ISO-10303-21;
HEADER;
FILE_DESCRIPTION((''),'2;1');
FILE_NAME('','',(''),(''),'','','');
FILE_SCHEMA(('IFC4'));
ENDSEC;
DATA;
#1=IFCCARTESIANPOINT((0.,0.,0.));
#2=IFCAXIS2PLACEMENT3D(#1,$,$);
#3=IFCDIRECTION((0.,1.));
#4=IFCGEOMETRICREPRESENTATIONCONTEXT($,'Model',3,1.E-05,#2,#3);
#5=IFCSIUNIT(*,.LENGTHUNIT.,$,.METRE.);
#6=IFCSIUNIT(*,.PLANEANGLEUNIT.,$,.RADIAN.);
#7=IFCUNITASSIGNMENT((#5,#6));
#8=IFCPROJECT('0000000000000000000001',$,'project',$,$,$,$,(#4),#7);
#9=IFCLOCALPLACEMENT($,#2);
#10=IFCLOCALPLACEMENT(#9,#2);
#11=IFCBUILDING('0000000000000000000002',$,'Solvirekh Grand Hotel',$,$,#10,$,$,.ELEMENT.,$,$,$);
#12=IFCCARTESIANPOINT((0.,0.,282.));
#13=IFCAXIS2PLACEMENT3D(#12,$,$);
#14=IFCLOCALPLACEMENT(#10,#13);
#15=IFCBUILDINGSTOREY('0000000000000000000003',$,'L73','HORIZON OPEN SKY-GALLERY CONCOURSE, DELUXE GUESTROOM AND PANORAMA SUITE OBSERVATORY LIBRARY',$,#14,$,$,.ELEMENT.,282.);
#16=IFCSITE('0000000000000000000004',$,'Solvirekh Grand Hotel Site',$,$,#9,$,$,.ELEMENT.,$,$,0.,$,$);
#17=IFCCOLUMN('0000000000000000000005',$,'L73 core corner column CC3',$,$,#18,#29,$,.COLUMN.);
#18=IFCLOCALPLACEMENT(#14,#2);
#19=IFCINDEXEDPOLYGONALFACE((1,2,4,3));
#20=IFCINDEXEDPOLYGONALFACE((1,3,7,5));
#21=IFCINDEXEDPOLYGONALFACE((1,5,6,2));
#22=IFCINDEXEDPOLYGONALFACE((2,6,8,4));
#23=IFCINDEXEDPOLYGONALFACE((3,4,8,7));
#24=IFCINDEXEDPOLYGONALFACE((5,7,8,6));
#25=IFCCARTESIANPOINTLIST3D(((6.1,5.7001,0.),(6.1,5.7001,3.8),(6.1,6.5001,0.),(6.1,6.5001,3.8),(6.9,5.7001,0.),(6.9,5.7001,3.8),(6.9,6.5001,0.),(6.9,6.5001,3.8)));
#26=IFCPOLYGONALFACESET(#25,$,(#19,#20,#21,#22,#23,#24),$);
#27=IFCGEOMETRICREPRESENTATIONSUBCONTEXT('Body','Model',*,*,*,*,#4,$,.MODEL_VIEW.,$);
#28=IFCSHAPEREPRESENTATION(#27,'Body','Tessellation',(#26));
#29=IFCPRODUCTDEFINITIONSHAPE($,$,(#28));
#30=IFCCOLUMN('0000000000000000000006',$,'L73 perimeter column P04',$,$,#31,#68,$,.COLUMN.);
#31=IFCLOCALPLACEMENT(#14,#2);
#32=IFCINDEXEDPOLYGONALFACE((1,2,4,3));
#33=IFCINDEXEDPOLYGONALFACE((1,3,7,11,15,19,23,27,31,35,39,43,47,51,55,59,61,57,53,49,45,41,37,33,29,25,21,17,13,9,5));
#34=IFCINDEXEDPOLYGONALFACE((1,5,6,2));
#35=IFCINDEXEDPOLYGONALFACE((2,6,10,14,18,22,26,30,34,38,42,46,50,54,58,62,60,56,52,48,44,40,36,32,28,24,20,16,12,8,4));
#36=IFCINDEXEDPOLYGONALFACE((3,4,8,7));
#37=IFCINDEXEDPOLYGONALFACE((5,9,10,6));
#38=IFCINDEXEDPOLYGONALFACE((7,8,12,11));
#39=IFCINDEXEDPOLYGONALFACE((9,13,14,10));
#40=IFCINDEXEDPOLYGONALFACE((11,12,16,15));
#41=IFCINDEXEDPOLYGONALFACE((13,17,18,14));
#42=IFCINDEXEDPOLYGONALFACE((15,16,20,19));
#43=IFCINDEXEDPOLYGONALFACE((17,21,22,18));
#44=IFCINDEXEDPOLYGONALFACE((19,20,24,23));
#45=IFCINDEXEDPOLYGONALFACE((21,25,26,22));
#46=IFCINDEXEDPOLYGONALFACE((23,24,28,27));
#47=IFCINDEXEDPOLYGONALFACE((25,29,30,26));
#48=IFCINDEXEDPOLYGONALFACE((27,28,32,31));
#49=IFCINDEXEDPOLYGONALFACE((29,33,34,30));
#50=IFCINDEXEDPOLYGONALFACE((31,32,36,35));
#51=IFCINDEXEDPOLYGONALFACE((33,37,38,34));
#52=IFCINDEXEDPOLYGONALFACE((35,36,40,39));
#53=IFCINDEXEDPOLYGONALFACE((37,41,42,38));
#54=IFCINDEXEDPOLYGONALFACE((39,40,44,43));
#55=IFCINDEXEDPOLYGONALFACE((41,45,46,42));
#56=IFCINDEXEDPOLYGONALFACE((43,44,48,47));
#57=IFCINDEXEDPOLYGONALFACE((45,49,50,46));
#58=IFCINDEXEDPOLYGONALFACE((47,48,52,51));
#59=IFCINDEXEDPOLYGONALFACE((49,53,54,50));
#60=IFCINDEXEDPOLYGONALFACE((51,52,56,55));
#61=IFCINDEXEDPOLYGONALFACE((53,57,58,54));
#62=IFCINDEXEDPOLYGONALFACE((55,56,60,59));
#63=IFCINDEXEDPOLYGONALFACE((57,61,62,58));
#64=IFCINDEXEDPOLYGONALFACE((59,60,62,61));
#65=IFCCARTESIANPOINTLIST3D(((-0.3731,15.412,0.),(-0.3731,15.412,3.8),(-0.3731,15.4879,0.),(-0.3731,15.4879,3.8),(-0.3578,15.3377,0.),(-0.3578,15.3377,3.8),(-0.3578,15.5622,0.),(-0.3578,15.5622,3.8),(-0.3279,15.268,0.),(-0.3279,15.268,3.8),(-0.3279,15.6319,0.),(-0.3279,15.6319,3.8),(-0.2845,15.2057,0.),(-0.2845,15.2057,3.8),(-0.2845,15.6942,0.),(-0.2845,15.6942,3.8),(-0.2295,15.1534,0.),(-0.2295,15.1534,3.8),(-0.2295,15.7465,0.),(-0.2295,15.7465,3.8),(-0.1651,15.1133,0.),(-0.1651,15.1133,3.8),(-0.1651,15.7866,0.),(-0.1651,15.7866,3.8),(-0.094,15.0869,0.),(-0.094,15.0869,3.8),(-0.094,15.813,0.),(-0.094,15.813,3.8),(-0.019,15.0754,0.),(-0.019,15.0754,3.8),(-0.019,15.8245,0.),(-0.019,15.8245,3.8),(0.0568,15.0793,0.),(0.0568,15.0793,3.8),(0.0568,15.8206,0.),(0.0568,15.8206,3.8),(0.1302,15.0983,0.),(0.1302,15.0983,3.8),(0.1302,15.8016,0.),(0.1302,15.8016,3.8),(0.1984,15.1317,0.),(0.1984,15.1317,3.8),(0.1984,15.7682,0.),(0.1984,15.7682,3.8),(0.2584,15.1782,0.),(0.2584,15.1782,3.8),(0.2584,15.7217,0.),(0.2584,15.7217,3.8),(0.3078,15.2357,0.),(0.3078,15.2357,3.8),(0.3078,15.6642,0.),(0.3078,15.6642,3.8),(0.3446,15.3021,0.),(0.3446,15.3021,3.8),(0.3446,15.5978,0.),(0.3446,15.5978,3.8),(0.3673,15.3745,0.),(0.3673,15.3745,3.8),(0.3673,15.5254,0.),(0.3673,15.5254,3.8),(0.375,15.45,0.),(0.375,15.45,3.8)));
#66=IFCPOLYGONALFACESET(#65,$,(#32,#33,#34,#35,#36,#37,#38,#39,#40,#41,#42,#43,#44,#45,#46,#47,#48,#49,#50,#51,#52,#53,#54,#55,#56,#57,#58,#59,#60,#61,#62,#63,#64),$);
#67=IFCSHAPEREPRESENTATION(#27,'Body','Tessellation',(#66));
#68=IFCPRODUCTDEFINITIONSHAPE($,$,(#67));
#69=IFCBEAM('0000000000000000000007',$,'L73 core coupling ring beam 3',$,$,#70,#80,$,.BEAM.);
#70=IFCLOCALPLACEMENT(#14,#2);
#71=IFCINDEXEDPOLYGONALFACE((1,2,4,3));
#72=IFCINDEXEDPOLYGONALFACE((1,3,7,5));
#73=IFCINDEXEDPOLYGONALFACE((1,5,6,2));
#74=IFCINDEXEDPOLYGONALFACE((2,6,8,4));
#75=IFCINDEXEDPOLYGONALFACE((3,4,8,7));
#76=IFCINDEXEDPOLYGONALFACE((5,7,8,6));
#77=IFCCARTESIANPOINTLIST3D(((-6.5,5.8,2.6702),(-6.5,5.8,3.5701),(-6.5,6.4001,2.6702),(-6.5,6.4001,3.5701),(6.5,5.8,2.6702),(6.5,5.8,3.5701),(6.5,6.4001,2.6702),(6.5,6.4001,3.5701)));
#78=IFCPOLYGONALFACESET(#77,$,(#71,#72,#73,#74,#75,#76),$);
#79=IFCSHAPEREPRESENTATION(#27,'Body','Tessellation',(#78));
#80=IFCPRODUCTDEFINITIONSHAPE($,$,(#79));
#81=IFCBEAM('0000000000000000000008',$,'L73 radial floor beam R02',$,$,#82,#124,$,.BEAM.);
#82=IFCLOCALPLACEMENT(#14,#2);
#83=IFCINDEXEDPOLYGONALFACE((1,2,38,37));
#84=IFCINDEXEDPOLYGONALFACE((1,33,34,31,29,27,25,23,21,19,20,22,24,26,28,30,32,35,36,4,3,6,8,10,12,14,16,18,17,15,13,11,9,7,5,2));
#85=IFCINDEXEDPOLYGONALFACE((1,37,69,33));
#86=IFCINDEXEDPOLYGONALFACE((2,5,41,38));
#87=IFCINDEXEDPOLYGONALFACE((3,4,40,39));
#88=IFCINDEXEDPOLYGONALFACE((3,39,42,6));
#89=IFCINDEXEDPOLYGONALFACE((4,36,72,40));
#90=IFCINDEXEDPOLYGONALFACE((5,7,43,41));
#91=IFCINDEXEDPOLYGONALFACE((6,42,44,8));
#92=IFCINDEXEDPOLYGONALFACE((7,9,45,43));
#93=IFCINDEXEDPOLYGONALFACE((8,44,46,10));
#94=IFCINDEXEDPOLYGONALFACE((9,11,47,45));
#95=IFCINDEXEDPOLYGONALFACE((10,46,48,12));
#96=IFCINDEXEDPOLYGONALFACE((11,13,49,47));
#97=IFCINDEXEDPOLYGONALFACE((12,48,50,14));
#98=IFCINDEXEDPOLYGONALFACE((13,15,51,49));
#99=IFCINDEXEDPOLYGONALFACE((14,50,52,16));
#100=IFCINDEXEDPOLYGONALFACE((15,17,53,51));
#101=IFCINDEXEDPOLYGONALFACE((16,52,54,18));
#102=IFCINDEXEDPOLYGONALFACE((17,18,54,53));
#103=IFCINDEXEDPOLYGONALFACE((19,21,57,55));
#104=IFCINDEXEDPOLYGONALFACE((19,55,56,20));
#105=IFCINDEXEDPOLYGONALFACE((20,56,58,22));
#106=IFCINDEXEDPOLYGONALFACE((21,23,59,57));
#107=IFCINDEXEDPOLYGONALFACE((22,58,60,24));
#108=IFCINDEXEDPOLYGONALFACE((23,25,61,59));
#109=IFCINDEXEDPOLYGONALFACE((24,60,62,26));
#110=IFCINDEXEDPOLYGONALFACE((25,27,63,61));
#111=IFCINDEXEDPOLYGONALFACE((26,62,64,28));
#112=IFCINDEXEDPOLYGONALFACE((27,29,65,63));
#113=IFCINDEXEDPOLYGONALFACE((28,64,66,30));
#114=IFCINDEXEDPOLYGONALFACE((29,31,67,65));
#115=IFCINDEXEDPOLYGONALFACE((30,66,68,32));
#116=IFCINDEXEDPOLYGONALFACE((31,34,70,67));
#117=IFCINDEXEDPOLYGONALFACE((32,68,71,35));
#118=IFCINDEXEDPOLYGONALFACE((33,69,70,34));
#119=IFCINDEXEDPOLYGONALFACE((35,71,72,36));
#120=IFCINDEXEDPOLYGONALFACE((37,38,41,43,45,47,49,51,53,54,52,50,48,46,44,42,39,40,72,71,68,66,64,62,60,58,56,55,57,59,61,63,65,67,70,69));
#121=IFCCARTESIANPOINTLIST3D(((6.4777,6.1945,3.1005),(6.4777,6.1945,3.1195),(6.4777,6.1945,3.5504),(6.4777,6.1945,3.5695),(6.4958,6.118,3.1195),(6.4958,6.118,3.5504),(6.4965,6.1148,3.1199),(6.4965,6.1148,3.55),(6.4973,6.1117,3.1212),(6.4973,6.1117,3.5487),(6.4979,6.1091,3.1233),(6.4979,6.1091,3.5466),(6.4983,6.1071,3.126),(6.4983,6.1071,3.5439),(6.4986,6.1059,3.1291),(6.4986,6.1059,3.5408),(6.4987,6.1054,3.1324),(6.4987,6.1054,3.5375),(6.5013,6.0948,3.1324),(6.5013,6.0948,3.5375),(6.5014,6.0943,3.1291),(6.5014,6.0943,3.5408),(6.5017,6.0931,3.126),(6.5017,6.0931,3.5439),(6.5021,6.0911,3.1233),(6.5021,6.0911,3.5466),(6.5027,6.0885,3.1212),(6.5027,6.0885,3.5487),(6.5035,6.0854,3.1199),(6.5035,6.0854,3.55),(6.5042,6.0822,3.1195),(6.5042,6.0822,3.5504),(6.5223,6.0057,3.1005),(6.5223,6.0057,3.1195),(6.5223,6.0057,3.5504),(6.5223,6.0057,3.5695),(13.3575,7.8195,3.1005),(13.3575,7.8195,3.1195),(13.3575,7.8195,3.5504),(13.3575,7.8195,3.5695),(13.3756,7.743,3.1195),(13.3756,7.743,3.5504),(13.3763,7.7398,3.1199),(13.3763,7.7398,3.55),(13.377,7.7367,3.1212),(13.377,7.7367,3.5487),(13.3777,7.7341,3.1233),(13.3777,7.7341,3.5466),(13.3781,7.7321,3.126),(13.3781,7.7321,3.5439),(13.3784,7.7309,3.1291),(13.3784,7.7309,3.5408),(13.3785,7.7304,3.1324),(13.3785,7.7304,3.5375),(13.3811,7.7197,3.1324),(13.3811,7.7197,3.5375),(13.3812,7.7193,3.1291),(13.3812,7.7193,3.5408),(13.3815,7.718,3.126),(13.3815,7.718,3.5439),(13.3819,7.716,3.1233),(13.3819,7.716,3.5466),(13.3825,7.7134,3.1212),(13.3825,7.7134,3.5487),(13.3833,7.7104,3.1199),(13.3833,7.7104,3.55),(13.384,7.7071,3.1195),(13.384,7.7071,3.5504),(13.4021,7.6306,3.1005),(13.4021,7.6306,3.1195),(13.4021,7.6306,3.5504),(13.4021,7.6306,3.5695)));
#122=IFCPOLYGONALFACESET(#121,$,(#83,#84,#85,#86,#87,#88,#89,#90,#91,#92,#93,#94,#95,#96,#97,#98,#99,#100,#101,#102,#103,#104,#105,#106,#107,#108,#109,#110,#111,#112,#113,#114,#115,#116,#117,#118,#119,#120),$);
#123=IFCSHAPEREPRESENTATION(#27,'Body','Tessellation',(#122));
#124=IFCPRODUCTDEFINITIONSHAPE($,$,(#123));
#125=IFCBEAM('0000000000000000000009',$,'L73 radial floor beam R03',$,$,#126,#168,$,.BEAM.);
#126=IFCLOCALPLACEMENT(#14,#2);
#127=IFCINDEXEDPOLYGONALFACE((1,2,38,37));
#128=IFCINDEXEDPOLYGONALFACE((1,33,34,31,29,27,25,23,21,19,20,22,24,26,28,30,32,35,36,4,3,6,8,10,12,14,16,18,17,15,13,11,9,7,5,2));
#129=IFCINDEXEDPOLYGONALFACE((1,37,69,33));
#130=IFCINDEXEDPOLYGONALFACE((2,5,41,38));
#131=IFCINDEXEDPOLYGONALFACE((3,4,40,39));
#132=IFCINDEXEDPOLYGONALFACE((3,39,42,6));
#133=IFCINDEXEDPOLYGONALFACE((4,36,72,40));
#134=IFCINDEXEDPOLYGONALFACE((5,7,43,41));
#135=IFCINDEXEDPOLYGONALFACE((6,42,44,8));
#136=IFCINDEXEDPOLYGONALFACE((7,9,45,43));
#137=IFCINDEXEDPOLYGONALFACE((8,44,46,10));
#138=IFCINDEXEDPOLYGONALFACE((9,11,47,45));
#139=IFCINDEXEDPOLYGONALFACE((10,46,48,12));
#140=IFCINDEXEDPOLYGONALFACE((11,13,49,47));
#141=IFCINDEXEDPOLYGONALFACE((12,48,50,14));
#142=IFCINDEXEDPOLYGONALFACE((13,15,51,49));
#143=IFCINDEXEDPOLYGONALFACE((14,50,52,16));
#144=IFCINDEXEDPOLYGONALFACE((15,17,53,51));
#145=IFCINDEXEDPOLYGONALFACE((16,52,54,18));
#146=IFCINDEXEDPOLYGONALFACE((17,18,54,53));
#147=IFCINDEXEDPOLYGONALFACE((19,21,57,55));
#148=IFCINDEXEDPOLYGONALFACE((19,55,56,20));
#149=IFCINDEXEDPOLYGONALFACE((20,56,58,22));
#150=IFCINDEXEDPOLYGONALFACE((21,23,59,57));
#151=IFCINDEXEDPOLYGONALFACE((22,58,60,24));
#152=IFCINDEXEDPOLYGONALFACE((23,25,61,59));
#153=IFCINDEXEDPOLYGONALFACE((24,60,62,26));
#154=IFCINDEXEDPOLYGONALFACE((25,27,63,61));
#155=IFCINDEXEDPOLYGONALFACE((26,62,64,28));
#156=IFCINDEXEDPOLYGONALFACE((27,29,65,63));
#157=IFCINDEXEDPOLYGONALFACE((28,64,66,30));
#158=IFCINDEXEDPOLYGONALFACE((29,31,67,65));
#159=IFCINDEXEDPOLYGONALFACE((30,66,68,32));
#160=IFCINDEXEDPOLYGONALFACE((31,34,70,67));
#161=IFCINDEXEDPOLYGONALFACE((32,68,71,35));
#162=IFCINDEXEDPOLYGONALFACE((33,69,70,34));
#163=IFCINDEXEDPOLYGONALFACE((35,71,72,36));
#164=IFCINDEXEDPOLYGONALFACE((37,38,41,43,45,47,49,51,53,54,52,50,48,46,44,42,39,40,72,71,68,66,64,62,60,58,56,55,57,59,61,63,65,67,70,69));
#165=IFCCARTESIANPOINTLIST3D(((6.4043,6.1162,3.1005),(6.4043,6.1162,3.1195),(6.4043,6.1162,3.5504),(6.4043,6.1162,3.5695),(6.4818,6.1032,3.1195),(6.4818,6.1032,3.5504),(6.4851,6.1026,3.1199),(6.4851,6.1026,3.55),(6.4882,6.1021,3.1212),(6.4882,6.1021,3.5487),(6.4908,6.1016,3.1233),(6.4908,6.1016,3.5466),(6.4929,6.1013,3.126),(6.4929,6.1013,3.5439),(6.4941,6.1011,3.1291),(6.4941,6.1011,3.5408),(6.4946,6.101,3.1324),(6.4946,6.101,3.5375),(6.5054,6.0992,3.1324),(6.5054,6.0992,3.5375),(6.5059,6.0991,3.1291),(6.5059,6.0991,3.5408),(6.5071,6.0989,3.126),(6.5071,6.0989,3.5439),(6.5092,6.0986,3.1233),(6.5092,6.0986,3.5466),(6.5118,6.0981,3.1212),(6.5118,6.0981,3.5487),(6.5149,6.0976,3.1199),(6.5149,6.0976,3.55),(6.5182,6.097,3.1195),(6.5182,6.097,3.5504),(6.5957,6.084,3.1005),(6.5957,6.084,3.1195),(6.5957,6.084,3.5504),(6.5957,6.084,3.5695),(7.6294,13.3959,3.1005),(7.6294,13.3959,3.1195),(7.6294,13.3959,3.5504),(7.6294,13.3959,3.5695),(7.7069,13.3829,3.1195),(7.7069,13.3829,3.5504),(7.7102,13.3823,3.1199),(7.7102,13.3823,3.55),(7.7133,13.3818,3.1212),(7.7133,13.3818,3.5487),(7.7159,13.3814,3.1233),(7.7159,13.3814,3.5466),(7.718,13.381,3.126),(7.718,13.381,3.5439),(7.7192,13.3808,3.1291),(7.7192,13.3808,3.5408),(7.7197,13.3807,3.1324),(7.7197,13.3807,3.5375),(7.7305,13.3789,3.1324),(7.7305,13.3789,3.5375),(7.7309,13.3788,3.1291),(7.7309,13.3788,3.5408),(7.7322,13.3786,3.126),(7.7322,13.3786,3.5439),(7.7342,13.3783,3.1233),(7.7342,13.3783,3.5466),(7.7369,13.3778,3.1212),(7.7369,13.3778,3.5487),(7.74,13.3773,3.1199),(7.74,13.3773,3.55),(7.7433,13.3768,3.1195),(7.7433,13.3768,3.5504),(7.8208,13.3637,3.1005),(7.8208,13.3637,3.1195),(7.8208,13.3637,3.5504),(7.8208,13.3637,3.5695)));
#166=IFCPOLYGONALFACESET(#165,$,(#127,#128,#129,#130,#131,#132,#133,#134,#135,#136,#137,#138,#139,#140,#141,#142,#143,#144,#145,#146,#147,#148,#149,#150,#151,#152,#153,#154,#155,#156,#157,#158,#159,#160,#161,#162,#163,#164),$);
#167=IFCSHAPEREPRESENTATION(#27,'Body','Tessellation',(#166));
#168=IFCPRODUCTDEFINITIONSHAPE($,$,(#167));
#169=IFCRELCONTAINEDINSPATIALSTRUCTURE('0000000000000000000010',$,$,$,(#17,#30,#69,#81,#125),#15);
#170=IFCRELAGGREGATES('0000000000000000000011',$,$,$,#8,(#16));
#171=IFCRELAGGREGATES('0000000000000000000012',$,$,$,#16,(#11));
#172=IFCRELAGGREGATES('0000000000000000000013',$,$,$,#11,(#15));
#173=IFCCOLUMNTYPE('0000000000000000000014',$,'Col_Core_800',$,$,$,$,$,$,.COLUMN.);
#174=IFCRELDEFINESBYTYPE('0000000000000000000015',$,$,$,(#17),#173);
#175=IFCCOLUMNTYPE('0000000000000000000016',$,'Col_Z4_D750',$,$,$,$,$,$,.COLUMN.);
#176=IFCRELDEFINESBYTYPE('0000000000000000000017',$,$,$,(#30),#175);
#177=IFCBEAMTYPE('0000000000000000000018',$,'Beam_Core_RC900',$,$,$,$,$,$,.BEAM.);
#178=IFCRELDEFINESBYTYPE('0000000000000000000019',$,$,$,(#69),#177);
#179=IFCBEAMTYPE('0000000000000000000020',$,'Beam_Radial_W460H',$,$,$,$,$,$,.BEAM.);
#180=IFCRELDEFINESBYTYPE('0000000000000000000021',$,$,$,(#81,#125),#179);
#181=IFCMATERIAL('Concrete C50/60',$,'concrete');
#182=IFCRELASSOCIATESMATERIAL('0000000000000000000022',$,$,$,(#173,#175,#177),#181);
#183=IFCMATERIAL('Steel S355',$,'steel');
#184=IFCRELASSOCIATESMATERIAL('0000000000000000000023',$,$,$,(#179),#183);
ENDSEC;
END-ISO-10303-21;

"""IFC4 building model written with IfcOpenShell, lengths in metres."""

from ifc_helpers import new_model, si_unit, direction, frame, origin, origin_2d, place, context, subcontext, project, spatial, rectangle, circle, i_section, extrude, material, material_profile, profile_set, type_object, element, save


model = new_model("IFC4")

# Units and contexts
model_context = context("Model", 3, precision=1e-05, world=origin(), true_north=direction((0.0, 1.0)))
body_context = subcontext(model_context, "Body", "Model", "MODEL_VIEW")
ifc_project = project(units=[si_unit("LENGTHUNIT", "METRE"), si_unit("PLANEANGLEUNIT", "RADIAN")], contexts=[model_context])

# Site, building, storey
site_placement = place(None, origin())
site = spatial("IfcSite", under=ifc_project, at=site_placement, Name="Solvirekh Grand Hotel Site", CompositionType="ELEMENT", RefElevation=0.0)
building_placement = place(site_placement, origin())
building = spatial("IfcBuilding", under=site, at=building_placement, Name="Solvirekh Grand Hotel", CompositionType="ELEMENT")
storey_placement = place(building_placement, frame((0.0, 0.0, 282.0)))
storey = spatial("IfcBuildingStorey", under=building, at=storey_placement, Name="L73", Description="HORIZON OPEN SKY-GALLERY CONCOURSE, DELUXE GUESTROOM AND PANORAMA SUITE OBSERVATORY LIBRARY", CompositionType="ELEMENT", Elevation=282.0)

# Columns
ifc_material_1 = material(Name="Concrete C50/60", Category="concrete")
ifc_material_profile_1 = material_profile(ifc_material_1, rectangle(XDim=0.8, YDim=0.8, at=origin_2d()), Name="RC 800X800")
ifc_profile_set_1 = profile_set([ifc_material_profile_1], Name="Concrete C50/60")
column_type_1 = type_object("IfcColumnType", Name="Col_Core_800", PredefinedType="COLUMN", material=ifc_profile_set_1)
column_1_placement = place(storey_placement, frame((6.5, 6.1001, 0.0), z_axis=(0.0, 0.0, 1.0), x_axis=(1.0, 0.0, 0.0)))
element("IfcColumn", 1, at=column_1_placement, inside=storey, type_object=column_type_1, Name="L73 core corner column CC3", PredefinedType="COLUMN", context=body_context, shape_type="SweptSolid", body=[
    extrude(rectangle(XDim=0.8, YDim=0.8, at=origin_2d()), origin(), (0.0, 0.0, 1.0), 3.8),
])
ifc_material_profile_2 = material_profile(ifc_material_1, circle(Radius=0.375, at=origin_2d()), Name="RC CIRC D750")
ifc_profile_set_2 = profile_set([ifc_material_profile_2], Name="Concrete C50/60")
column_type_2 = type_object("IfcColumnType", Name="Col_Z4_D750", PredefinedType="COLUMN", material=ifc_profile_set_2)
column_2_placement = place(storey_placement, frame((0.0, 15.45, 0.0), z_axis=(0.0, 0.0, 1.0), x_axis=(1.0, 0.0, 0.0)))
element("IfcColumn", 2, at=column_2_placement, inside=storey, type_object=column_type_2, Name="L73 perimeter column P04", PredefinedType="COLUMN", context=body_context, shape_type="SweptSolid", body=[
    extrude(circle(Radius=0.375, at=origin_2d()), origin(), (0.0, 0.0, 1.0), 3.8),
])

# Beams
ifc_material_profile_3 = material_profile(ifc_material_1, rectangle(XDim=0.6001, YDim=0.8999, at=origin_2d()), Name="RC BEAM 600X900")
ifc_profile_set_3 = profile_set([ifc_material_profile_3], Name="Concrete C50/60")
beam_type_1 = type_object("IfcBeamType", Name="Beam_Core_RC900", PredefinedType="BEAM", material=ifc_profile_set_3)
beam_1_placement = place(storey_placement, frame((6.5, 6.1001, 3.1201), z_axis=(-1.0, 0.0, 0.0), x_axis=(0.0, -1.0, 0.0)))
element("IfcBeam", 3, at=beam_1_placement, inside=storey, type_object=beam_type_1, Name="L73 core coupling ring beam 3", PredefinedType="BEAM", context=body_context, shape_type="SweptSolid", body=[
    extrude(rectangle(XDim=0.6001, YDim=0.8999, at=origin_2d()), origin(), (0.0, 0.0, 1.0), 13.0),
])
ifc_material_2 = material(Name="Steel S355", Category="steel")
ifc_material_profile_4 = material_profile(ifc_material_2, i_section(OverallWidth=0.1941, OverallDepth=0.469, WebThickness=0.011, FlangeThickness=0.019, FilletRadius=0.0129, at=origin_2d()), Name="W460X106")
ifc_profile_set_4 = profile_set([ifc_material_profile_4], Name="Steel S355")
beam_type_2 = type_object("IfcBeamType", Name="Beam_Radial_W460H", PredefinedType="BEAM", material=ifc_profile_set_4)
beam_2_placement = place(storey_placement, frame((6.5, 6.1001, 3.335), z_axis=(0.973221, 0.229871, 0.0), x_axis=(-0.229871, 0.973221, 0.0)))
element("IfcBeam", 4, at=beam_2_placement, inside=storey, type_object=beam_type_2, Name="L73 radial floor beam R02", PredefinedType="BEAM", context=body_context, shape_type="SweptSolid", body=[
    extrude(i_section(OverallWidth=0.1941, OverallDepth=0.469, WebThickness=0.011, FlangeThickness=0.019, FilletRadius=0.0129, at=origin_2d()), origin(), (0.0, 0.0, 1.0), 7.0691),
])
beam_3_placement = place(storey_placement, frame((6.5, 6.1001, 3.335), z_axis=(0.165954, 0.986133, 0.0), x_axis=(-0.986133, 0.165954, 0.0)))
element("IfcBeam", 5, at=beam_3_placement, inside=storey, type_object=beam_type_2, Name="L73 radial floor beam R03", PredefinedType="BEAM", context=body_context, shape_type="SweptSolid", body=[
    extrude(i_section(OverallWidth=0.1941, OverallDepth=0.469, WebThickness=0.011, FlangeThickness=0.019, FilletRadius=0.0129, at=origin_2d()), origin(), (0.0, 0.0, 1.0), 7.3821),
])

save(model, "model.ifc")
